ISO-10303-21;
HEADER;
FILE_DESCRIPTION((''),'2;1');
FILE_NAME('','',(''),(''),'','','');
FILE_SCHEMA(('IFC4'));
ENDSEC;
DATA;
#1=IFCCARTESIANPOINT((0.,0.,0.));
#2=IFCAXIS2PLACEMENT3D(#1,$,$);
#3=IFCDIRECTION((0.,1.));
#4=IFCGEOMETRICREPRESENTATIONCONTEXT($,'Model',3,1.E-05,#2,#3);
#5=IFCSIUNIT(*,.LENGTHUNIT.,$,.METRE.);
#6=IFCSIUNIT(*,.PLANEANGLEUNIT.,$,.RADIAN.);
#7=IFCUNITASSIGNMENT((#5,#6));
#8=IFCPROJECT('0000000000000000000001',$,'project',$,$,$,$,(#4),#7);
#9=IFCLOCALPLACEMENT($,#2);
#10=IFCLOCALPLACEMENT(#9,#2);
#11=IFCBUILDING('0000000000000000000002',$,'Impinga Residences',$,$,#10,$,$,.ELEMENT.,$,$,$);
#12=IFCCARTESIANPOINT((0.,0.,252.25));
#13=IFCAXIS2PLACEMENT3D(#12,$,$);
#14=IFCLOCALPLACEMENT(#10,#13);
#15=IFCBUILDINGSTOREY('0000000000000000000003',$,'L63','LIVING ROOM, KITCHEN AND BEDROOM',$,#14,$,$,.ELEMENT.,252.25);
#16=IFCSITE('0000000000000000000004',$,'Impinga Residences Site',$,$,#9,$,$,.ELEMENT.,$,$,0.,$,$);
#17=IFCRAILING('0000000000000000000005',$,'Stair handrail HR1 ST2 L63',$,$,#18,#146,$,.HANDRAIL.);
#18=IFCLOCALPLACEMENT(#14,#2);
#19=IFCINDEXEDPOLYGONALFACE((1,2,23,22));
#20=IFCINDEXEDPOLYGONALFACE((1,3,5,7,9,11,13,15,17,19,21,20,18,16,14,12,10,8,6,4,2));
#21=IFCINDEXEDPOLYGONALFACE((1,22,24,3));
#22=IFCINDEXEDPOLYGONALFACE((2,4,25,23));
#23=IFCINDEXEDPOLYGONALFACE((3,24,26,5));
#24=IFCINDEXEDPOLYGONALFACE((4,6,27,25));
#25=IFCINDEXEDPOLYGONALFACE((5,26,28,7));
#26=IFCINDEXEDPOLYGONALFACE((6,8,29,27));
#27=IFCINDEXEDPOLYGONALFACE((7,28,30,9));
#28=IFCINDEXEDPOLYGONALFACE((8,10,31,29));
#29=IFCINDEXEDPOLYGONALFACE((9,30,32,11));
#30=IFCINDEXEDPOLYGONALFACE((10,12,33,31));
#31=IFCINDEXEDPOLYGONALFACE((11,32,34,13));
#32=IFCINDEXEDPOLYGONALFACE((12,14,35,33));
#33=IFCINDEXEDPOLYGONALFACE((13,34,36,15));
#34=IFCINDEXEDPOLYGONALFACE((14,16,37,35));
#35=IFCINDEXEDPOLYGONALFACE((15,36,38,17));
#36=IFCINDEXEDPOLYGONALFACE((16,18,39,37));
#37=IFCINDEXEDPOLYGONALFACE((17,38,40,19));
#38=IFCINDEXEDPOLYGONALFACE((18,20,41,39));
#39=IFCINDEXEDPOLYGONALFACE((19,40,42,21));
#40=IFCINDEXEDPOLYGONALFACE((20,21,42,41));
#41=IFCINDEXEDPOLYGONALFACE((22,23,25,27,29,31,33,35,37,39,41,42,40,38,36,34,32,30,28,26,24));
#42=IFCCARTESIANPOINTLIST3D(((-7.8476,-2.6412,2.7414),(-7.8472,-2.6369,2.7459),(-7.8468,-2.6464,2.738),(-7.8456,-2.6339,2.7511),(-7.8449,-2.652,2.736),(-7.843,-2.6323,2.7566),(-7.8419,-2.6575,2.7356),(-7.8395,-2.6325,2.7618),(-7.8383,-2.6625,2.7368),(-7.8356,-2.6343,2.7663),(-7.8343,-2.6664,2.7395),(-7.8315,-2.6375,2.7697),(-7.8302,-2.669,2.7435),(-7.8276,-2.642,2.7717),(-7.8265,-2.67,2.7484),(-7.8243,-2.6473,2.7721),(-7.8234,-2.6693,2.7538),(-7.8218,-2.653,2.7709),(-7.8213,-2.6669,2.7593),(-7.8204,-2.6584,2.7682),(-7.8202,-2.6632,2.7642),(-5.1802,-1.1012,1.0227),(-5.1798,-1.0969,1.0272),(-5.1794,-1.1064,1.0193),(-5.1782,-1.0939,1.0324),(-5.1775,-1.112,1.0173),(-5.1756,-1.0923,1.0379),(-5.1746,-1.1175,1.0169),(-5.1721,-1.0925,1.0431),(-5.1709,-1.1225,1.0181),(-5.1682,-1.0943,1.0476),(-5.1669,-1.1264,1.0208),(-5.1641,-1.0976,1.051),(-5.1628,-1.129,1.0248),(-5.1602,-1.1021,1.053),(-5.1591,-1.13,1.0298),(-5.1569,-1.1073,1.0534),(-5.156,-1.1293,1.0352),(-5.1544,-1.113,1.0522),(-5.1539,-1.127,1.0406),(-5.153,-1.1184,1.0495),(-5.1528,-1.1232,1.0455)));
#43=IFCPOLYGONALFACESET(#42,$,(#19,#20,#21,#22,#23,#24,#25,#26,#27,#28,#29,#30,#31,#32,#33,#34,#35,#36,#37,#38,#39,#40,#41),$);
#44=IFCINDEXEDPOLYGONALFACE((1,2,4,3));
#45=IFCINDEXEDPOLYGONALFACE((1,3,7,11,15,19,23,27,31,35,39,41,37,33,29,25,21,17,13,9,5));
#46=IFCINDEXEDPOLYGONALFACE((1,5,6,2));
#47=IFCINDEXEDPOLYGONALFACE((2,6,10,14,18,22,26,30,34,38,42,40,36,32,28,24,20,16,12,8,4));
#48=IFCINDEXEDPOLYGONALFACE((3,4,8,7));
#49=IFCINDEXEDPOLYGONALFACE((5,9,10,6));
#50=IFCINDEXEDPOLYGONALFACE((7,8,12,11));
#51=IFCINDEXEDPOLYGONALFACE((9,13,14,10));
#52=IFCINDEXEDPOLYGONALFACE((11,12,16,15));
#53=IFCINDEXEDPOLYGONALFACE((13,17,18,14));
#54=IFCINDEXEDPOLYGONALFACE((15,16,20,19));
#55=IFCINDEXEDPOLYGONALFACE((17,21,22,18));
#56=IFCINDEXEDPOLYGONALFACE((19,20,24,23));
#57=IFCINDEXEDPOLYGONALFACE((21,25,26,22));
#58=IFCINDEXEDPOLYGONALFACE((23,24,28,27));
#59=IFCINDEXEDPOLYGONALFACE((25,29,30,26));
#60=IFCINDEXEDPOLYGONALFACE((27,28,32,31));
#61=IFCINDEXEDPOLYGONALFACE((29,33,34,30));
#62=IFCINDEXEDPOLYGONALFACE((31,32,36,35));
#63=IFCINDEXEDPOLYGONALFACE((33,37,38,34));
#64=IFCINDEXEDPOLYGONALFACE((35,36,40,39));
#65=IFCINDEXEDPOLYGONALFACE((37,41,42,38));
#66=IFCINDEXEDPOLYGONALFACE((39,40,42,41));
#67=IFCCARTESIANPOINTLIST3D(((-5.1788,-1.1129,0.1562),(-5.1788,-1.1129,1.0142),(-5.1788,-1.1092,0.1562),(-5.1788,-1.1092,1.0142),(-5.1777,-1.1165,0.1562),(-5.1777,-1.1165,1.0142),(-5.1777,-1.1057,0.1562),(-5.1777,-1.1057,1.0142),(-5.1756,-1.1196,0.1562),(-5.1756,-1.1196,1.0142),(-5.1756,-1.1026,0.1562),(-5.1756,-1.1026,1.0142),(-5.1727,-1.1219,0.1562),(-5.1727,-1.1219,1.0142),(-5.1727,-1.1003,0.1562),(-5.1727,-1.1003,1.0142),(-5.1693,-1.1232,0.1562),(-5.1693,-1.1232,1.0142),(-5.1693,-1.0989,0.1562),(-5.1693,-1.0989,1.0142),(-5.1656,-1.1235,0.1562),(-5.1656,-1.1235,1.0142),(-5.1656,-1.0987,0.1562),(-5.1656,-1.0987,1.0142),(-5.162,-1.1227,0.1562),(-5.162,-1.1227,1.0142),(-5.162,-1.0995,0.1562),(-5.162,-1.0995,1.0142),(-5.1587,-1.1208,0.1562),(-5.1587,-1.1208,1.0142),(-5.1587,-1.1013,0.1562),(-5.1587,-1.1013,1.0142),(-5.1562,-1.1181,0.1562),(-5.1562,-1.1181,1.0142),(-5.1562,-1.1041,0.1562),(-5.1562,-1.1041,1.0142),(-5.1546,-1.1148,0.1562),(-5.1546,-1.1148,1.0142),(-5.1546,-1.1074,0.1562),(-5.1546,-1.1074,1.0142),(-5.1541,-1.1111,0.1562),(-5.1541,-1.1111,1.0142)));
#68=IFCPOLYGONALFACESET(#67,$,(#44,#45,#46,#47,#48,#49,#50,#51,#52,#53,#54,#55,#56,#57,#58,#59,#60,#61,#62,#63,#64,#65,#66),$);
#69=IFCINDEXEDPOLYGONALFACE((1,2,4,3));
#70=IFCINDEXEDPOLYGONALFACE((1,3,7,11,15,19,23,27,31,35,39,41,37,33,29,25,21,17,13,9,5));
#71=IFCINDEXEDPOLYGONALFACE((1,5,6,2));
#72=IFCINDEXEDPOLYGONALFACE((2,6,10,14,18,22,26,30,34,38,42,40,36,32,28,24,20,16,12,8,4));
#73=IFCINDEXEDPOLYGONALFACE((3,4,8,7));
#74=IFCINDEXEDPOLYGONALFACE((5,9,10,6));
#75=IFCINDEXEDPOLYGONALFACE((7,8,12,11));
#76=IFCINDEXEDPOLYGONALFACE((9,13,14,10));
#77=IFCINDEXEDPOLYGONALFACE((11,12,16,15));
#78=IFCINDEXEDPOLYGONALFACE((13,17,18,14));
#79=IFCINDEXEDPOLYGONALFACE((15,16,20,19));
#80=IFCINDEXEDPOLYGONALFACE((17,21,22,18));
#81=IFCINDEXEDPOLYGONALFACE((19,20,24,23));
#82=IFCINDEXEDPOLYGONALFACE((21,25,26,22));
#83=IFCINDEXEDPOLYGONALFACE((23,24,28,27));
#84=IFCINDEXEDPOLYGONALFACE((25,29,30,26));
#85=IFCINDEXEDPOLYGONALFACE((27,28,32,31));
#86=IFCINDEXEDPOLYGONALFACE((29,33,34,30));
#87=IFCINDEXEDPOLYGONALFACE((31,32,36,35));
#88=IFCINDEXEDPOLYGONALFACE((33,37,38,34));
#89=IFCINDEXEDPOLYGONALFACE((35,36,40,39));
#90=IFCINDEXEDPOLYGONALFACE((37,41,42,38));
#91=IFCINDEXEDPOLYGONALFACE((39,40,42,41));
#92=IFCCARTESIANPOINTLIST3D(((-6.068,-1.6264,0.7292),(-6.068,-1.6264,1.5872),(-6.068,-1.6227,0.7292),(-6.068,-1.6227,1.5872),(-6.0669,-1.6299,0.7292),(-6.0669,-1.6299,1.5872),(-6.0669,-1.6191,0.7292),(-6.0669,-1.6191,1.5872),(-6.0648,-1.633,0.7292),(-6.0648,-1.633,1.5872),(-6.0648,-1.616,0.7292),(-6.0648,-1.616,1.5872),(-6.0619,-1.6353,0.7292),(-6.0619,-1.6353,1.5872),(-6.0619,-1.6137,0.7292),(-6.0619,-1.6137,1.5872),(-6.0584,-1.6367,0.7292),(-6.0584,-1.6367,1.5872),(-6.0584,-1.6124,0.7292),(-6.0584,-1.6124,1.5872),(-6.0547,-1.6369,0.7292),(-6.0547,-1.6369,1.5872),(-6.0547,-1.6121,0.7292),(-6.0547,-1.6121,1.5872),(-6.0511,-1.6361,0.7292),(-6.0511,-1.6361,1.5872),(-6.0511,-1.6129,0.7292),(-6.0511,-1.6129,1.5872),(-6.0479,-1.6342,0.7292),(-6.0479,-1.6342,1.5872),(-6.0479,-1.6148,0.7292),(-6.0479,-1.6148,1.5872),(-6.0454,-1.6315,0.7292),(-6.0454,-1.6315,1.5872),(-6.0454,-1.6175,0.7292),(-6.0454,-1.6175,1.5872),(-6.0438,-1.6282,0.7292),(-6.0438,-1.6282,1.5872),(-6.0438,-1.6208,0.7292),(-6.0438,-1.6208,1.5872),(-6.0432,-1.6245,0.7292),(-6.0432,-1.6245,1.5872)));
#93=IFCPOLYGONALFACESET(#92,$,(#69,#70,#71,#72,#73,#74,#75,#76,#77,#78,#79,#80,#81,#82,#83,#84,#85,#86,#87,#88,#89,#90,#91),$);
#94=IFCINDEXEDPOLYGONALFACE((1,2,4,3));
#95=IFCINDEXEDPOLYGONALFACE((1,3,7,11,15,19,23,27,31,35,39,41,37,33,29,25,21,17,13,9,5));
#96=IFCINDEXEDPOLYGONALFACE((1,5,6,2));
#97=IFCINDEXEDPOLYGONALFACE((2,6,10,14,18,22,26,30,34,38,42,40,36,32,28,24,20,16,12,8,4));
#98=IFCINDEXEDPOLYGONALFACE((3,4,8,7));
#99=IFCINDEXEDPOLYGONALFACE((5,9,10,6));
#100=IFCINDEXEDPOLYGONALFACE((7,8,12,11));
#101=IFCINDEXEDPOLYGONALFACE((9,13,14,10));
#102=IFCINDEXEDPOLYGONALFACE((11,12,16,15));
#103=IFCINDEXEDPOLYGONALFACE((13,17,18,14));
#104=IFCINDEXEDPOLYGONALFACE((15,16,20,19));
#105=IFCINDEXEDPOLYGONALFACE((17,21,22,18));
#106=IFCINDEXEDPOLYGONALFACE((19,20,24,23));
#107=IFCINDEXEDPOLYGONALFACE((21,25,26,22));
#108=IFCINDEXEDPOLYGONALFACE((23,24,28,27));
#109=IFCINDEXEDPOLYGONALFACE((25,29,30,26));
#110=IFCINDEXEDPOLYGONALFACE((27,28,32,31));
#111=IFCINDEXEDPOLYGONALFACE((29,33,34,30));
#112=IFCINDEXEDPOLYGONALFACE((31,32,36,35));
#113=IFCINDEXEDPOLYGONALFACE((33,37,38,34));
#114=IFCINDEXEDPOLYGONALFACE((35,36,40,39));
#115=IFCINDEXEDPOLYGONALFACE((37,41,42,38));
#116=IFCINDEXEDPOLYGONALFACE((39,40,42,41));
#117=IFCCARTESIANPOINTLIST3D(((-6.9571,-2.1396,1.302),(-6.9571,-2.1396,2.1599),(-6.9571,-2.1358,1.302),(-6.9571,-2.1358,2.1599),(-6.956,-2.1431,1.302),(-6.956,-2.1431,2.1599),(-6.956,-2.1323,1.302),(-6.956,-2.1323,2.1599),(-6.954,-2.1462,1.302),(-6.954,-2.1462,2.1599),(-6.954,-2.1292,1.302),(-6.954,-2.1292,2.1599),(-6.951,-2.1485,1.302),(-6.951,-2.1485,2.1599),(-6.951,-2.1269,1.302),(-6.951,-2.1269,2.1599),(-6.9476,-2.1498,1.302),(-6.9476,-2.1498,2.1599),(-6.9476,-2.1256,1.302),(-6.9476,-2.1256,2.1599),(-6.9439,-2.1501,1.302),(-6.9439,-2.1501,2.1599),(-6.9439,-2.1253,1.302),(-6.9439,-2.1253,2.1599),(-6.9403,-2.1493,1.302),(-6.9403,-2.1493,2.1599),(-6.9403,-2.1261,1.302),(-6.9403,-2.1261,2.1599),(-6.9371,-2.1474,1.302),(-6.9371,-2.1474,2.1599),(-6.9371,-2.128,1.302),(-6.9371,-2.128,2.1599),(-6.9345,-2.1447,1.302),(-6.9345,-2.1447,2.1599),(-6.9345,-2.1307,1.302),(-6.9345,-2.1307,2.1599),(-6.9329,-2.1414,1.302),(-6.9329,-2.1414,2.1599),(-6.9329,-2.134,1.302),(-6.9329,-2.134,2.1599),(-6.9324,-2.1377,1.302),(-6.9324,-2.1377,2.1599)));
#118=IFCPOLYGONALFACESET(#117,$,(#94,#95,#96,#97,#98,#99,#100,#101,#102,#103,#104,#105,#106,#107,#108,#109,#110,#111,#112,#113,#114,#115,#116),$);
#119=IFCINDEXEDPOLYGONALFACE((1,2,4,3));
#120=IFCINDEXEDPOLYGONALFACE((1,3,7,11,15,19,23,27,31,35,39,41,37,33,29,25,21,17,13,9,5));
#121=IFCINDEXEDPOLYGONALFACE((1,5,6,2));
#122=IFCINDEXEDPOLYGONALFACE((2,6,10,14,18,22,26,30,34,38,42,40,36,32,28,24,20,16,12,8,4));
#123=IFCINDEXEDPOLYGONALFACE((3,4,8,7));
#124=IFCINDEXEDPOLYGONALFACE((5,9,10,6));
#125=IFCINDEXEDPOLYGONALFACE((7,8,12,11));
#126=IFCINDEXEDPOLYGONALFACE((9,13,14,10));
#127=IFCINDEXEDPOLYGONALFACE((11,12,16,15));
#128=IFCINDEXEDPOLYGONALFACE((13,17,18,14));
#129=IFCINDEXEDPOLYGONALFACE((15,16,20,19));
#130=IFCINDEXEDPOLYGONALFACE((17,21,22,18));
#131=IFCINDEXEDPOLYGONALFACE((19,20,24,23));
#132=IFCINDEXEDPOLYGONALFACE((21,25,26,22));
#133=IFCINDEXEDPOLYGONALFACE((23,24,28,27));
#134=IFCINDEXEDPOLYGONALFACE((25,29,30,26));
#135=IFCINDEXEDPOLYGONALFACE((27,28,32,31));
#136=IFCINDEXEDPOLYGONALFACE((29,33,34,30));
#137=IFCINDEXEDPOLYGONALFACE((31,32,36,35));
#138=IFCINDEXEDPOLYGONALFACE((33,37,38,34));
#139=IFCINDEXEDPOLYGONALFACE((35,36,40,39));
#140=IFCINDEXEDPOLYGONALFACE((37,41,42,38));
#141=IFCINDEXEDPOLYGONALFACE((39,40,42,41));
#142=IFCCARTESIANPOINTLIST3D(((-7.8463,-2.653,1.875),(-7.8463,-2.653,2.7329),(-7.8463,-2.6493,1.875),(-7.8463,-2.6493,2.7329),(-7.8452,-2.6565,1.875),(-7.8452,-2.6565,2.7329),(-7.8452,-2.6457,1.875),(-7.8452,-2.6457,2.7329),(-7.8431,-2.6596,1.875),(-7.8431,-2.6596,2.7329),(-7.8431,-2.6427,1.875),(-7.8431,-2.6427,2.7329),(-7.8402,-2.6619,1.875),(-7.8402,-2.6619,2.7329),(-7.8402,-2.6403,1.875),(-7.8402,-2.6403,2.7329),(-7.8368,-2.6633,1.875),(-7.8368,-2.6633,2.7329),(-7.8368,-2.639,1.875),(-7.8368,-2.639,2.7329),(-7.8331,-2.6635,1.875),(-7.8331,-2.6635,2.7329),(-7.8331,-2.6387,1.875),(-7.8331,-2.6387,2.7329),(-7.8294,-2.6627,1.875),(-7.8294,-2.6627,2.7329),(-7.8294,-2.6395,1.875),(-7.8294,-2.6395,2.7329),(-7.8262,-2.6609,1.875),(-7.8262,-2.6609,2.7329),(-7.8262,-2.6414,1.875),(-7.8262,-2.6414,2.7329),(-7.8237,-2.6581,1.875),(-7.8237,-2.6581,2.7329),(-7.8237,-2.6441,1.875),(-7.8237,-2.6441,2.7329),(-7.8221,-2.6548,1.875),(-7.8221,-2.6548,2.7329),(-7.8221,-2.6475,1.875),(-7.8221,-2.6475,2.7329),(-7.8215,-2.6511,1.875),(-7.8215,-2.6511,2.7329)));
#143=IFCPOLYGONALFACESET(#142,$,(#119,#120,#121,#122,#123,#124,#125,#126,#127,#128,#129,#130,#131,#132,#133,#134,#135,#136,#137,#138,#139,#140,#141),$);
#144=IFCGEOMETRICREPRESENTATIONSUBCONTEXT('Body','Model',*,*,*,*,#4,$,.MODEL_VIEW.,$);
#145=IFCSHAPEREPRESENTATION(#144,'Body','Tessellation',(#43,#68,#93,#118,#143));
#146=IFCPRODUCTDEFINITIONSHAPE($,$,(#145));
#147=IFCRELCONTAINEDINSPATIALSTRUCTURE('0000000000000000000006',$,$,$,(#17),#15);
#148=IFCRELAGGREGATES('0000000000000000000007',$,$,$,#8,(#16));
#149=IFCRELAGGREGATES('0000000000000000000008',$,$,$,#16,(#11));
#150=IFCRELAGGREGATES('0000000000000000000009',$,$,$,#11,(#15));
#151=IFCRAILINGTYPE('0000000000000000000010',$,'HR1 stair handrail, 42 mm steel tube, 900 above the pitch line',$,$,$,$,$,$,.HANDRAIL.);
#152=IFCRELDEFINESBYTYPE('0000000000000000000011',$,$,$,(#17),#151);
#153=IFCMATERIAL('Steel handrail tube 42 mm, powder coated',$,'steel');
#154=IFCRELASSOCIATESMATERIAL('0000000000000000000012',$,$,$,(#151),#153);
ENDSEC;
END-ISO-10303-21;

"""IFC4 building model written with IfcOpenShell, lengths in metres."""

from ifc_helpers import new_model, si_unit, direction, frame, origin, origin_2d, place, context, subcontext, project, spatial, circle, extrude, material, type_object, element, save


model = new_model("IFC4")

# Units and contexts
model_context = context("Model", 3, precision=1e-05, world=origin(), true_north=direction((0.0, 1.0)))
body_context = subcontext(model_context, "Body", "Model", "MODEL_VIEW")
ifc_project = project(units=[si_unit("LENGTHUNIT", "METRE"), si_unit("PLANEANGLEUNIT", "RADIAN")], contexts=[model_context])

# Site, building, storey
site_placement = place(None, origin())
site = spatial("IfcSite", under=ifc_project, at=site_placement, Name="Impinga Residences Site", CompositionType="ELEMENT", RefElevation=0.0)
building_placement = place(site_placement, origin())
building = spatial("IfcBuilding", under=site, at=building_placement, Name="Impinga Residences", CompositionType="ELEMENT")
storey_placement = place(building_placement, frame((0.0, 0.0, 252.25)))
storey = spatial("IfcBuildingStorey", under=building, at=storey_placement, Name="L63", Description="LIVING ROOM, KITCHEN AND BEDROOM", CompositionType="ELEMENT", Elevation=252.25)

# Railing
ifc_material_1 = material(Name="Steel handrail tube 42 mm, powder coated", Category="steel")
railing_type_1 = type_object("IfcRailingType", Name="HR1 stair handrail, 42 mm steel tube, 900 above the pitch line", PredefinedType="HANDRAIL", material=ifc_material_1)
railing_1_placement = place(storey_placement, frame((-5.1665, -1.1111, 0.1562)))
element("IfcRailing", 1, at=railing_1_placement, inside=storey, type_object=railing_type_1, Name="Stair handrail HR1 ST2 L63", PredefinedType="HANDRAIL", context=body_context, shape_type="SweptSolid", body=[
    extrude(circle(Radius=0.021, at=origin_2d()), frame((0.0, 0.0, 0.8789), z_axis=(-0.756256, -0.436616, 0.487282), x_axis=(0.499992, -0.86603, 0.0)), (0.0, 0.0, 1.0), 3.5271),
    extrude(circle(Radius=0.0125, at=origin_2d()), origin(), (0.0, 0.0, 1.0), 0.8579),
    extrude(circle(Radius=0.0125, at=origin_2d()), frame((-0.8892, -0.5134, 0.573)), (0.0, 0.0, 1.0), 0.8579),
    extrude(circle(Radius=0.0125, at=origin_2d()), frame((-1.7783, -1.0266, 1.1458)), (0.0, 0.0, 1.0), 0.8579),
    extrude(circle(Radius=0.0125, at=origin_2d()), frame((-2.6675, -1.54, 1.7188)), (0.0, 0.0, 1.0), 0.8579),
])

save(model, "model.ifc")
